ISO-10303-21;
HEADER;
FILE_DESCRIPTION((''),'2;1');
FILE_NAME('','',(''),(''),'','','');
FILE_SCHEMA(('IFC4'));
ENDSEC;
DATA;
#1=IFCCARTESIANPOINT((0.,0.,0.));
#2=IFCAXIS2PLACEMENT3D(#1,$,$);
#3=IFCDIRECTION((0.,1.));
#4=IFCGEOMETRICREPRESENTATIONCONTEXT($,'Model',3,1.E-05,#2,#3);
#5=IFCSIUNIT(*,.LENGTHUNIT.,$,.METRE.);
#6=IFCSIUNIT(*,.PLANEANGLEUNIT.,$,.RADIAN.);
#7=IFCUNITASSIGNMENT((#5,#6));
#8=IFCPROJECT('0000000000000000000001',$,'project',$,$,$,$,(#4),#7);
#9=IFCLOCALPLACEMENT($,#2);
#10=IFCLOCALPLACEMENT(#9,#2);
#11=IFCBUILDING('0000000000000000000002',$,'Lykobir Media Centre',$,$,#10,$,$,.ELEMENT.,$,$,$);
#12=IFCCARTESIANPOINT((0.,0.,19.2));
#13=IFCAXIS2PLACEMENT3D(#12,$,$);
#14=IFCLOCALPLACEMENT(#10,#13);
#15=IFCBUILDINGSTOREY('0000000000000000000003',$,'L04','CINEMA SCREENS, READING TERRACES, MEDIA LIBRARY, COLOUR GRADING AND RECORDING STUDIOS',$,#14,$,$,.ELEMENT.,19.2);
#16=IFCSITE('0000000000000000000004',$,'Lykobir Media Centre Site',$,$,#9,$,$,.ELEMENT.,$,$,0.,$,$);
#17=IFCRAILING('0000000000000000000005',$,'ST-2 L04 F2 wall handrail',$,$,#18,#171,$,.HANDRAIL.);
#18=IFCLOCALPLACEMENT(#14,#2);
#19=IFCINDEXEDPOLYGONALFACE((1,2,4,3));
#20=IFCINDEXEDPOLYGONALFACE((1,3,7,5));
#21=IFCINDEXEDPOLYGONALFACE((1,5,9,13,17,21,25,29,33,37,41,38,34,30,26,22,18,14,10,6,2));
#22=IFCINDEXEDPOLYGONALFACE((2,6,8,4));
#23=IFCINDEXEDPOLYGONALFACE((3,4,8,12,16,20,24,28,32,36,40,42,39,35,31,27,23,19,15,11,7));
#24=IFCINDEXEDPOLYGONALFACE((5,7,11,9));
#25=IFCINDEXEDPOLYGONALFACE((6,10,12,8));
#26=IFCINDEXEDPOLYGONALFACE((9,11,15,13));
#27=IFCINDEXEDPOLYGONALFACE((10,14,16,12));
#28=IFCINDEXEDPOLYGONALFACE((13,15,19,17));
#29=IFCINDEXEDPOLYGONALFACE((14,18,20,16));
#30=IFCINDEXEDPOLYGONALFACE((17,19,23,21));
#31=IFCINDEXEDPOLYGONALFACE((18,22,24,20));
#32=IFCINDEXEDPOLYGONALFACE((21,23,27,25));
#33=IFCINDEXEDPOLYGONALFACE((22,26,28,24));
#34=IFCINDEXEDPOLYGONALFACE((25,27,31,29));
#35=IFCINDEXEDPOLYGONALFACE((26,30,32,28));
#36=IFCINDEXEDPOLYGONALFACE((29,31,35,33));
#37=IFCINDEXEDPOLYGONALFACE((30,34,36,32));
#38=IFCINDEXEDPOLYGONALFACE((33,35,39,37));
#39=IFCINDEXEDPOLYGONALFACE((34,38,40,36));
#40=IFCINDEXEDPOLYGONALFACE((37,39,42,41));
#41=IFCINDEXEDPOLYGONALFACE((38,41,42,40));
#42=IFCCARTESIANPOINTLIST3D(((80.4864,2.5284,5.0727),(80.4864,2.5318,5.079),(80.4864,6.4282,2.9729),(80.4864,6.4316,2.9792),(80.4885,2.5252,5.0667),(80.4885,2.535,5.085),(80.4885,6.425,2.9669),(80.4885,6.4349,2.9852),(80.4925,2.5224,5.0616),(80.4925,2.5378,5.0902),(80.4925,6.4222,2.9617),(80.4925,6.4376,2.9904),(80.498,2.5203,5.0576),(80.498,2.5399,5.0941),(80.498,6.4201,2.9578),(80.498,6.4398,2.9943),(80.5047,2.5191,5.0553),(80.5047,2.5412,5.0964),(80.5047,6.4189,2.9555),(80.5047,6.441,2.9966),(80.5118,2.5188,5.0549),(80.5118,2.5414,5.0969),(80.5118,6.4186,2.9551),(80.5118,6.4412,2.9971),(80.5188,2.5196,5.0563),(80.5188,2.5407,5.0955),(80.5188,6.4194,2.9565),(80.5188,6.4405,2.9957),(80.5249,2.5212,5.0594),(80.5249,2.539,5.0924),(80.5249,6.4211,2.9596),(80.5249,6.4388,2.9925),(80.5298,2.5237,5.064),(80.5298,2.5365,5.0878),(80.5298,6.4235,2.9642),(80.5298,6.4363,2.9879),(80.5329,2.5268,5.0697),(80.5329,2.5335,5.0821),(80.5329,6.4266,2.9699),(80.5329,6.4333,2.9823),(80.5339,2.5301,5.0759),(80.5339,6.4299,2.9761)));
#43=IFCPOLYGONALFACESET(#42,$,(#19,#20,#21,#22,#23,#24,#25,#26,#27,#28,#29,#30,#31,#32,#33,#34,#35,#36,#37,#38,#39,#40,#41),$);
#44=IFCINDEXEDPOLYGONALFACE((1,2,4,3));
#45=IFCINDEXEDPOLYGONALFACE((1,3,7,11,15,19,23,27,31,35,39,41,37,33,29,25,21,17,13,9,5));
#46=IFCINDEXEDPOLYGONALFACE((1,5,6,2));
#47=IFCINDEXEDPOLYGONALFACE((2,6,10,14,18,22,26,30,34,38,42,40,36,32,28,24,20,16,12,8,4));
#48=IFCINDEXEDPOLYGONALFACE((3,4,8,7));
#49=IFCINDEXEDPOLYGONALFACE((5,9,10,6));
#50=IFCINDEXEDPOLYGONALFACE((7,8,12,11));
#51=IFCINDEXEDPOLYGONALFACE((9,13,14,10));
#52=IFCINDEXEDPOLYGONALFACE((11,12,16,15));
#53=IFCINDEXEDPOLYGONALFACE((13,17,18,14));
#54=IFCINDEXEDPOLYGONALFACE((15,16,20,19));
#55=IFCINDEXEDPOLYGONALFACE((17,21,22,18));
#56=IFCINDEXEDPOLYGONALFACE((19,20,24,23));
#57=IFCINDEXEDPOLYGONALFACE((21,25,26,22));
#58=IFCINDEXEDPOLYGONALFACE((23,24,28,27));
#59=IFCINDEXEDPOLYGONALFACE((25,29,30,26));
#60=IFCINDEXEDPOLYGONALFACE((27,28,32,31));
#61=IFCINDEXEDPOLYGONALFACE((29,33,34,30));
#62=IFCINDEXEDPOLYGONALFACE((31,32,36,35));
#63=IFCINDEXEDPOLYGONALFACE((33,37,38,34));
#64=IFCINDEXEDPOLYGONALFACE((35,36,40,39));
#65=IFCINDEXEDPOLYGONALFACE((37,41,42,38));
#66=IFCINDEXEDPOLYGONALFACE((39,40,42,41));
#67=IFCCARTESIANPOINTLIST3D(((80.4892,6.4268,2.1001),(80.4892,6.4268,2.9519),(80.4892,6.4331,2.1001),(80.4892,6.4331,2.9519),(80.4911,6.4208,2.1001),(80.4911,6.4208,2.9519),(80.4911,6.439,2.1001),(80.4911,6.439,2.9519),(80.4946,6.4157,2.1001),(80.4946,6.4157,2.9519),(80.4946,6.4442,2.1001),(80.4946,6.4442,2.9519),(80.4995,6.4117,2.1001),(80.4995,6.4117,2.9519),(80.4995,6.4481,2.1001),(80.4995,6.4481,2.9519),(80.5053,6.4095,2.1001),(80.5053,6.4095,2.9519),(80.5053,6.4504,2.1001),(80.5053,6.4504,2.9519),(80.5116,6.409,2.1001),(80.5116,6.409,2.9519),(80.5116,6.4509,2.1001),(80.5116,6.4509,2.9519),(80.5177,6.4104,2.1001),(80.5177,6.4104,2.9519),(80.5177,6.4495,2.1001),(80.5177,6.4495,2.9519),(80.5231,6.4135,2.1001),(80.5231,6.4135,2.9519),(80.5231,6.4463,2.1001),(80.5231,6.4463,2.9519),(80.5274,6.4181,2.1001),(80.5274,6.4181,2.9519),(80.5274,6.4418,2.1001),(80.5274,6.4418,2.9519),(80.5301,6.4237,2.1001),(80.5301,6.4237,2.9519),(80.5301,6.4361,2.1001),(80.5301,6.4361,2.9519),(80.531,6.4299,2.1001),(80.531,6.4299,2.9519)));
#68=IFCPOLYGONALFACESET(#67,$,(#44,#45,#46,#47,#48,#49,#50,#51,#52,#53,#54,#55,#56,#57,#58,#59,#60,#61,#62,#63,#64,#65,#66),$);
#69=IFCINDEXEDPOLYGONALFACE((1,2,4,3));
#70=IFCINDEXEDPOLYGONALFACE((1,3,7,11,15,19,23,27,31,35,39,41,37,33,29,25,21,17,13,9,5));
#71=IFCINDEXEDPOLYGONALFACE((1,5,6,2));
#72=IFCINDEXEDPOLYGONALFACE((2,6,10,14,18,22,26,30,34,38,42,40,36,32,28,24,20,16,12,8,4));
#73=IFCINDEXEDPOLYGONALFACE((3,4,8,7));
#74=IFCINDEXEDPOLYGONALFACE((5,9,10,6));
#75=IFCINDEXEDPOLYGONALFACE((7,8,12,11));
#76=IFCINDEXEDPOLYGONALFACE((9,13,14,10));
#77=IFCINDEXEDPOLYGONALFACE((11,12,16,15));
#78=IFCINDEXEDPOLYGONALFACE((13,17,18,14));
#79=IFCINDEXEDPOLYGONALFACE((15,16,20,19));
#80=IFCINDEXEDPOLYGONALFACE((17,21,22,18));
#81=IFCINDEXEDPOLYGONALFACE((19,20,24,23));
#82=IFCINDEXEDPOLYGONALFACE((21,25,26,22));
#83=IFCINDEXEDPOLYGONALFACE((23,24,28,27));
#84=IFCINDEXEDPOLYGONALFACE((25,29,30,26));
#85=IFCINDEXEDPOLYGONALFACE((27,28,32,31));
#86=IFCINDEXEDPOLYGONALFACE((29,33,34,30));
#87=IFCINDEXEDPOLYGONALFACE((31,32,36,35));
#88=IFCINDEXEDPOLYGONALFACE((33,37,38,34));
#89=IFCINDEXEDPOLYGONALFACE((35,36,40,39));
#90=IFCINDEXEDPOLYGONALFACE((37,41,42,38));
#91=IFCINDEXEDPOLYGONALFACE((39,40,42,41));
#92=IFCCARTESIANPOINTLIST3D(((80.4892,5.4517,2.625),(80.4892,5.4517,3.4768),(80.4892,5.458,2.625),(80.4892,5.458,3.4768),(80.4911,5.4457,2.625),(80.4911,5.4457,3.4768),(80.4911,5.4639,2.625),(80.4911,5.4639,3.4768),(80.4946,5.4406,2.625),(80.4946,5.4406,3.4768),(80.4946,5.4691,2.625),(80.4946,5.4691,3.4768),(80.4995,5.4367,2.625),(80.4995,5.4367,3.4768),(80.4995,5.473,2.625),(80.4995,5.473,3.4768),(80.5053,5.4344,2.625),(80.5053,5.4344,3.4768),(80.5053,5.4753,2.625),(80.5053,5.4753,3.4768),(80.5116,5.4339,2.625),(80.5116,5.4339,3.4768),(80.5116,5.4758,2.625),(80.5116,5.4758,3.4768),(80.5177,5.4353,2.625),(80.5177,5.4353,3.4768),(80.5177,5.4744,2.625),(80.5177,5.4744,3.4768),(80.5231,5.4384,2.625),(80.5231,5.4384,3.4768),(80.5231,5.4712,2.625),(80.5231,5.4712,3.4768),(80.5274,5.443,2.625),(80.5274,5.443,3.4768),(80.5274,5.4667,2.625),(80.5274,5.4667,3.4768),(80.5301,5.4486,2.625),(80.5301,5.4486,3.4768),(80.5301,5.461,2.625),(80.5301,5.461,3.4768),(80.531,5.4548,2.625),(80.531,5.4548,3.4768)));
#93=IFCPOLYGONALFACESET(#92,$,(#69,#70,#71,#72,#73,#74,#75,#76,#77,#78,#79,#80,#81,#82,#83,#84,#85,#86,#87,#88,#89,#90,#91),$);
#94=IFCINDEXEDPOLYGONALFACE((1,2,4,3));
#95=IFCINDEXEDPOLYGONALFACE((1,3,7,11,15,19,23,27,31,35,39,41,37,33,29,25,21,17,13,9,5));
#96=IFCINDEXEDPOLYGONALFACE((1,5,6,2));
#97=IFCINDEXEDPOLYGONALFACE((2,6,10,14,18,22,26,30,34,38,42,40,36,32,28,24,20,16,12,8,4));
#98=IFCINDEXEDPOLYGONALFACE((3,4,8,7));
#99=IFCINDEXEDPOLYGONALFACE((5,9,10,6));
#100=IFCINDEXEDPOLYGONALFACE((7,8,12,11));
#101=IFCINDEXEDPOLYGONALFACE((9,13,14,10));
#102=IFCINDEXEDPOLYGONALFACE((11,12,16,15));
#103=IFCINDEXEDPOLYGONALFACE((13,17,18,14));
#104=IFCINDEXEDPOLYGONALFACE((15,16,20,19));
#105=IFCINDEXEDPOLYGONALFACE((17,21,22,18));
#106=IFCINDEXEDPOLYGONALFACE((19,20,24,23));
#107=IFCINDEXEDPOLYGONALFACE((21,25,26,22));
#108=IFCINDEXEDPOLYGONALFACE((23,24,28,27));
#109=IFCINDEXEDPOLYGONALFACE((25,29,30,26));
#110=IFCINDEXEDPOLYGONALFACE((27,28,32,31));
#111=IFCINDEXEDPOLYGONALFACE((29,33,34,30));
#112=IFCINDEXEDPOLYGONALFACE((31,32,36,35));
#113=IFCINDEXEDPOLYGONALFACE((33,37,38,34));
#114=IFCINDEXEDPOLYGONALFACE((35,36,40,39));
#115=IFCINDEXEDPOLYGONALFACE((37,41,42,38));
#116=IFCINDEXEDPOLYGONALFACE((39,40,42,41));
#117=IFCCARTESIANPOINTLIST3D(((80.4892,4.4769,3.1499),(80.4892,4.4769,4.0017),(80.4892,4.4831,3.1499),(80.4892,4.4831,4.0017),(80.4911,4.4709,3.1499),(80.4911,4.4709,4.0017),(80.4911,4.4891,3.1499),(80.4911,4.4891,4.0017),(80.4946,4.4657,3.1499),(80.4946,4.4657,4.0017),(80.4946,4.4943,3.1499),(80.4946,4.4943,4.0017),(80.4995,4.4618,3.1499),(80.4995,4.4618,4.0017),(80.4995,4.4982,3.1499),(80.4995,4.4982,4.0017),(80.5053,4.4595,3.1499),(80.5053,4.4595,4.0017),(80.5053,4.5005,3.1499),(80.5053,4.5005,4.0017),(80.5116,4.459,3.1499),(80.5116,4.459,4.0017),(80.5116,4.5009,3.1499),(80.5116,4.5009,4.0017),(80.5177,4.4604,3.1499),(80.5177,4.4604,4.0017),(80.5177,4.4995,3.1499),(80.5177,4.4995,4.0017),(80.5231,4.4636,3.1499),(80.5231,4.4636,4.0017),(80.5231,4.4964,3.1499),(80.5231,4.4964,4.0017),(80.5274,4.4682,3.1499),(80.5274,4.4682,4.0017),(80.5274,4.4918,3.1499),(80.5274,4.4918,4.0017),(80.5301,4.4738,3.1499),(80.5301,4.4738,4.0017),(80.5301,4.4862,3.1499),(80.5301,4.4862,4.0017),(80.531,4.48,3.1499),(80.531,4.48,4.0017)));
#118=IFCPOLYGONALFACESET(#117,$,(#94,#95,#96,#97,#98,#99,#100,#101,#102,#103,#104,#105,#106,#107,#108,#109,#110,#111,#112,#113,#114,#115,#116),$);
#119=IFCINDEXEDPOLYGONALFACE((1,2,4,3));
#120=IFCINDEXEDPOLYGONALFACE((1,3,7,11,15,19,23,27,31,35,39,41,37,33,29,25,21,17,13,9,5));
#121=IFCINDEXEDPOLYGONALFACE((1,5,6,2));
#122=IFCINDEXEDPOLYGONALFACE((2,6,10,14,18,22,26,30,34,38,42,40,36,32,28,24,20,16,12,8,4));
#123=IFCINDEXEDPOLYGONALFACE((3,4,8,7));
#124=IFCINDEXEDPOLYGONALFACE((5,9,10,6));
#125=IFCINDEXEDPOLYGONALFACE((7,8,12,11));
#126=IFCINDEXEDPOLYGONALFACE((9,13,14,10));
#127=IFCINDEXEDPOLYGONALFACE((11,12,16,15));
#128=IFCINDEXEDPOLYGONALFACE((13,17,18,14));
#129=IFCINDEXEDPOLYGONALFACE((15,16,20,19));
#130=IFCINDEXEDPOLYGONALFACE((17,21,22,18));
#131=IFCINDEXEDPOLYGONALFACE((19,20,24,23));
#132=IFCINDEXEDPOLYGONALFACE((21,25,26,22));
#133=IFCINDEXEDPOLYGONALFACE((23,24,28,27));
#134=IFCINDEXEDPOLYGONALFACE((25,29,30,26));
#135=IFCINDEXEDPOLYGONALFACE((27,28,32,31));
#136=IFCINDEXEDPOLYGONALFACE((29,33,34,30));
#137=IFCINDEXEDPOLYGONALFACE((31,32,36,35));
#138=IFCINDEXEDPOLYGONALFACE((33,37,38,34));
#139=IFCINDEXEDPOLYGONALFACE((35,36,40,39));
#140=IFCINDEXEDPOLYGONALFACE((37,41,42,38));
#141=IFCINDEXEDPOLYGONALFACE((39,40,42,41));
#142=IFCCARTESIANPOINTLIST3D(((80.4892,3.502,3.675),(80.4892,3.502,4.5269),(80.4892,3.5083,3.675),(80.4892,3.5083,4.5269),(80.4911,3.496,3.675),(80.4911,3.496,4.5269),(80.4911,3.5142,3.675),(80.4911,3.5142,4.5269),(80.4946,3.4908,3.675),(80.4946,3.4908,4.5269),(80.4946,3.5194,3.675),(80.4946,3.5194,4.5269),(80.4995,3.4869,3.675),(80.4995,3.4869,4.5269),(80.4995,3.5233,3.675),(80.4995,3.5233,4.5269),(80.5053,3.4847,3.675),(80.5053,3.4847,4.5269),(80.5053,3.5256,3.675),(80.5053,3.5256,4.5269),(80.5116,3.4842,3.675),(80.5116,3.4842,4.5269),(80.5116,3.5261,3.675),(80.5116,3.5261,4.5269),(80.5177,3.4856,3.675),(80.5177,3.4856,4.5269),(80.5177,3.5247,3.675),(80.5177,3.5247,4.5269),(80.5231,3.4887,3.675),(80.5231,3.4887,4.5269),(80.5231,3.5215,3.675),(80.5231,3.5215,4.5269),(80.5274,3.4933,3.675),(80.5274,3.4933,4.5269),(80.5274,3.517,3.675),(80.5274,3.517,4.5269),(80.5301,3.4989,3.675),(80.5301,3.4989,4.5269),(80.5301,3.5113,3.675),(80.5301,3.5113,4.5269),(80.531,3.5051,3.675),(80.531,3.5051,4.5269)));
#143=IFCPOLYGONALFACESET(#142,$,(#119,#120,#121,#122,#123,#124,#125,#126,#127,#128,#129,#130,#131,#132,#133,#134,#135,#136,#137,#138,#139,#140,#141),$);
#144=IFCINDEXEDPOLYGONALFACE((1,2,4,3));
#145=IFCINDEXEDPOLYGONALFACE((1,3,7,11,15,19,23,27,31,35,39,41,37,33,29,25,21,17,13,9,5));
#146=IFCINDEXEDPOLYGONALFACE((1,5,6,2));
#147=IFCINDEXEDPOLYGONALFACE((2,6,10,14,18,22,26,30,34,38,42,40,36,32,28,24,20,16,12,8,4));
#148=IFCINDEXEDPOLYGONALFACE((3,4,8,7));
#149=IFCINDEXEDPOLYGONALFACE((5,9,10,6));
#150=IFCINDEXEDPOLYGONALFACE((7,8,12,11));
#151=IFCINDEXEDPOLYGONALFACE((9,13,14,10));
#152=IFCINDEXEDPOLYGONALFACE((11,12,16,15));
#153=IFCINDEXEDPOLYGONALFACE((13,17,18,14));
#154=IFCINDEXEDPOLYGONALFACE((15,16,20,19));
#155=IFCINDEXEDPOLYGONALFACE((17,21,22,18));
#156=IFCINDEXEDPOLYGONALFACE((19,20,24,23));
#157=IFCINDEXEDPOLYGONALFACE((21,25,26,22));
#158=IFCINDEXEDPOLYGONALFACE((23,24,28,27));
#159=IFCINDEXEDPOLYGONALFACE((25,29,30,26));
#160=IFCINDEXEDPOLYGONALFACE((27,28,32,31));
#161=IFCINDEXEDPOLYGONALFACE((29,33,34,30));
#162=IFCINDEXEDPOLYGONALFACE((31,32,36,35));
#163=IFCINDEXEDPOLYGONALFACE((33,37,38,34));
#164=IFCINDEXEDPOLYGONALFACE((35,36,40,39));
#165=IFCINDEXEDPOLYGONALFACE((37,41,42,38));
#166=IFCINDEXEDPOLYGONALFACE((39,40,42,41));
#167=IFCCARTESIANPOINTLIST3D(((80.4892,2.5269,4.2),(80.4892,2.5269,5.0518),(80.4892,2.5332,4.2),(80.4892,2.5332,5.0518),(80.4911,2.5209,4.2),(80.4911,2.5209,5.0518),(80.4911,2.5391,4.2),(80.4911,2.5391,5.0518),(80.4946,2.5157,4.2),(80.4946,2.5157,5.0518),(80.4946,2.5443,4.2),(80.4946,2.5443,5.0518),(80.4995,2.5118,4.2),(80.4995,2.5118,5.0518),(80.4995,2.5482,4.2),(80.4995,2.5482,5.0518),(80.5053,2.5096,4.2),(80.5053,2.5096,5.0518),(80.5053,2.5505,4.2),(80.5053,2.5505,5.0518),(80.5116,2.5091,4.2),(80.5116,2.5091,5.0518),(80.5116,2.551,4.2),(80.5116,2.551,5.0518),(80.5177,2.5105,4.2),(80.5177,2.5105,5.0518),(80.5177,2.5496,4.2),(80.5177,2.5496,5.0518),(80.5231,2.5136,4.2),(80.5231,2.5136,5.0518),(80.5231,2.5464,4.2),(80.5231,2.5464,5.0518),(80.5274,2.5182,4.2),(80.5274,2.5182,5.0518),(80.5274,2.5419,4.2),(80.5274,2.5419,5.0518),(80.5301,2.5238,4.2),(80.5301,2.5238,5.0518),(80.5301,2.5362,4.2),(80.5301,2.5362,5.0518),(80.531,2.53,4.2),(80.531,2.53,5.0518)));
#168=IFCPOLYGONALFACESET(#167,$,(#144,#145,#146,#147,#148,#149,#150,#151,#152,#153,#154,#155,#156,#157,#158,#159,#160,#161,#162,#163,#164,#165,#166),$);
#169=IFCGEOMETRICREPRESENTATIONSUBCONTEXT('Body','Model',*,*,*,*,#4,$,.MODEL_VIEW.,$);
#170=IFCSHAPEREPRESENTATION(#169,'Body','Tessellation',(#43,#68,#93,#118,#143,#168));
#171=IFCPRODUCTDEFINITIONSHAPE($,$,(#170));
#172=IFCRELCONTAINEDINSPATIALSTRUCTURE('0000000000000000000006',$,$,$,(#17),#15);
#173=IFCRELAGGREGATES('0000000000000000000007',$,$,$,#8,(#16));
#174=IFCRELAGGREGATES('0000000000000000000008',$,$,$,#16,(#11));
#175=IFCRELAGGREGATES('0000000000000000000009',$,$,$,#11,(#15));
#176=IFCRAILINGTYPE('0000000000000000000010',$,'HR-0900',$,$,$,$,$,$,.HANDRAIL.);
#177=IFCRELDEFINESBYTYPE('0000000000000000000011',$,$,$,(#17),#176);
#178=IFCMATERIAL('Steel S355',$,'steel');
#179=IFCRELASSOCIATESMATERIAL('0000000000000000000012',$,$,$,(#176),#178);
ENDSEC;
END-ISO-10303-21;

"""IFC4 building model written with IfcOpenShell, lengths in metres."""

from ifc_helpers import new_model, si_unit, direction, frame, origin, origin_2d, place, context, subcontext, project, spatial, circle, extrude, material, type_object, element, save


model = new_model("IFC4")

# Units and contexts
model_context = context("Model", 3, precision=1e-05, world=origin(), true_north=direction((0.0, 1.0)))
body_context = subcontext(model_context, "Body", "Model", "MODEL_VIEW")
ifc_project = project(units=[si_unit("LENGTHUNIT", "METRE"), si_unit("PLANEANGLEUNIT", "RADIAN")], contexts=[model_context])

# Site, building, storey
site_placement = place(None, origin())
site = spatial("IfcSite", under=ifc_project, at=site_placement, Name="Lykobir Media Centre Site", CompositionType="ELEMENT", RefElevation=0.0)
building_placement = place(site_placement, origin())
building = spatial("IfcBuilding", under=site, at=building_placement, Name="Lykobir Media Centre", CompositionType="ELEMENT")
storey_placement = place(building_placement, frame((0.0, 0.0, 19.2)))
storey = spatial("IfcBuildingStorey", under=building, at=storey_placement, Name="L04", Description="CINEMA SCREENS, READING TERRACES, MEDIA LIBRARY, COLOUR GRADING AND RECORDING STUDIOS", CompositionType="ELEMENT", Elevation=19.2)

# Shared definitions
ifc_material_1 = material(Name="Steel S355", Category="steel")

# Railing
railing_type_1 = type_object("IfcRailingType", Name="HR-0900", PredefinedType="HANDRAIL", material=ifc_material_1)
railing_1_placement = place(storey_placement, frame((80.51, 6.4299, 2.1001)))
element("IfcRailing", 1, at=railing_1_placement, inside=storey, type_object=railing_type_1, Name="ST-2 L04 F2 wall handrail", PredefinedType="HANDRAIL", context=body_context, shape_type="SweptSolid", body=[
    extrude(circle(Radius=0.0239, at=origin_2d()), frame((0.0, 0.0, 0.876), z_axis=(0.0, -0.88048, 0.474083), x_axis=(1.0, 0.0, 0.0)), (0.0, 0.0, 1.0), 4.4292),
    extrude(circle(Radius=0.021, at=origin_2d()), origin(), (0.0, 0.0, 1.0), 0.8518),
    extrude(circle(Radius=0.021, at=origin_2d()), frame((0.0, -0.9751, 0.5249)), (0.0, 0.0, 1.0), 0.8518),
    extrude(circle(Radius=0.021, at=origin_2d()), frame((0.0, -1.95, 1.0498)), (0.0, 0.0, 1.0), 0.8518),
    extrude(circle(Radius=0.021, at=origin_2d()), frame((0.0, -2.9248, 1.575)), (0.0, 0.0, 1.0), 0.8518),
    extrude(circle(Radius=0.021, at=origin_2d()), frame((0.0, -3.8999, 2.0999)), (0.0, 0.0, 1.0), 0.8518),
])

save(model, "model.ifc")
